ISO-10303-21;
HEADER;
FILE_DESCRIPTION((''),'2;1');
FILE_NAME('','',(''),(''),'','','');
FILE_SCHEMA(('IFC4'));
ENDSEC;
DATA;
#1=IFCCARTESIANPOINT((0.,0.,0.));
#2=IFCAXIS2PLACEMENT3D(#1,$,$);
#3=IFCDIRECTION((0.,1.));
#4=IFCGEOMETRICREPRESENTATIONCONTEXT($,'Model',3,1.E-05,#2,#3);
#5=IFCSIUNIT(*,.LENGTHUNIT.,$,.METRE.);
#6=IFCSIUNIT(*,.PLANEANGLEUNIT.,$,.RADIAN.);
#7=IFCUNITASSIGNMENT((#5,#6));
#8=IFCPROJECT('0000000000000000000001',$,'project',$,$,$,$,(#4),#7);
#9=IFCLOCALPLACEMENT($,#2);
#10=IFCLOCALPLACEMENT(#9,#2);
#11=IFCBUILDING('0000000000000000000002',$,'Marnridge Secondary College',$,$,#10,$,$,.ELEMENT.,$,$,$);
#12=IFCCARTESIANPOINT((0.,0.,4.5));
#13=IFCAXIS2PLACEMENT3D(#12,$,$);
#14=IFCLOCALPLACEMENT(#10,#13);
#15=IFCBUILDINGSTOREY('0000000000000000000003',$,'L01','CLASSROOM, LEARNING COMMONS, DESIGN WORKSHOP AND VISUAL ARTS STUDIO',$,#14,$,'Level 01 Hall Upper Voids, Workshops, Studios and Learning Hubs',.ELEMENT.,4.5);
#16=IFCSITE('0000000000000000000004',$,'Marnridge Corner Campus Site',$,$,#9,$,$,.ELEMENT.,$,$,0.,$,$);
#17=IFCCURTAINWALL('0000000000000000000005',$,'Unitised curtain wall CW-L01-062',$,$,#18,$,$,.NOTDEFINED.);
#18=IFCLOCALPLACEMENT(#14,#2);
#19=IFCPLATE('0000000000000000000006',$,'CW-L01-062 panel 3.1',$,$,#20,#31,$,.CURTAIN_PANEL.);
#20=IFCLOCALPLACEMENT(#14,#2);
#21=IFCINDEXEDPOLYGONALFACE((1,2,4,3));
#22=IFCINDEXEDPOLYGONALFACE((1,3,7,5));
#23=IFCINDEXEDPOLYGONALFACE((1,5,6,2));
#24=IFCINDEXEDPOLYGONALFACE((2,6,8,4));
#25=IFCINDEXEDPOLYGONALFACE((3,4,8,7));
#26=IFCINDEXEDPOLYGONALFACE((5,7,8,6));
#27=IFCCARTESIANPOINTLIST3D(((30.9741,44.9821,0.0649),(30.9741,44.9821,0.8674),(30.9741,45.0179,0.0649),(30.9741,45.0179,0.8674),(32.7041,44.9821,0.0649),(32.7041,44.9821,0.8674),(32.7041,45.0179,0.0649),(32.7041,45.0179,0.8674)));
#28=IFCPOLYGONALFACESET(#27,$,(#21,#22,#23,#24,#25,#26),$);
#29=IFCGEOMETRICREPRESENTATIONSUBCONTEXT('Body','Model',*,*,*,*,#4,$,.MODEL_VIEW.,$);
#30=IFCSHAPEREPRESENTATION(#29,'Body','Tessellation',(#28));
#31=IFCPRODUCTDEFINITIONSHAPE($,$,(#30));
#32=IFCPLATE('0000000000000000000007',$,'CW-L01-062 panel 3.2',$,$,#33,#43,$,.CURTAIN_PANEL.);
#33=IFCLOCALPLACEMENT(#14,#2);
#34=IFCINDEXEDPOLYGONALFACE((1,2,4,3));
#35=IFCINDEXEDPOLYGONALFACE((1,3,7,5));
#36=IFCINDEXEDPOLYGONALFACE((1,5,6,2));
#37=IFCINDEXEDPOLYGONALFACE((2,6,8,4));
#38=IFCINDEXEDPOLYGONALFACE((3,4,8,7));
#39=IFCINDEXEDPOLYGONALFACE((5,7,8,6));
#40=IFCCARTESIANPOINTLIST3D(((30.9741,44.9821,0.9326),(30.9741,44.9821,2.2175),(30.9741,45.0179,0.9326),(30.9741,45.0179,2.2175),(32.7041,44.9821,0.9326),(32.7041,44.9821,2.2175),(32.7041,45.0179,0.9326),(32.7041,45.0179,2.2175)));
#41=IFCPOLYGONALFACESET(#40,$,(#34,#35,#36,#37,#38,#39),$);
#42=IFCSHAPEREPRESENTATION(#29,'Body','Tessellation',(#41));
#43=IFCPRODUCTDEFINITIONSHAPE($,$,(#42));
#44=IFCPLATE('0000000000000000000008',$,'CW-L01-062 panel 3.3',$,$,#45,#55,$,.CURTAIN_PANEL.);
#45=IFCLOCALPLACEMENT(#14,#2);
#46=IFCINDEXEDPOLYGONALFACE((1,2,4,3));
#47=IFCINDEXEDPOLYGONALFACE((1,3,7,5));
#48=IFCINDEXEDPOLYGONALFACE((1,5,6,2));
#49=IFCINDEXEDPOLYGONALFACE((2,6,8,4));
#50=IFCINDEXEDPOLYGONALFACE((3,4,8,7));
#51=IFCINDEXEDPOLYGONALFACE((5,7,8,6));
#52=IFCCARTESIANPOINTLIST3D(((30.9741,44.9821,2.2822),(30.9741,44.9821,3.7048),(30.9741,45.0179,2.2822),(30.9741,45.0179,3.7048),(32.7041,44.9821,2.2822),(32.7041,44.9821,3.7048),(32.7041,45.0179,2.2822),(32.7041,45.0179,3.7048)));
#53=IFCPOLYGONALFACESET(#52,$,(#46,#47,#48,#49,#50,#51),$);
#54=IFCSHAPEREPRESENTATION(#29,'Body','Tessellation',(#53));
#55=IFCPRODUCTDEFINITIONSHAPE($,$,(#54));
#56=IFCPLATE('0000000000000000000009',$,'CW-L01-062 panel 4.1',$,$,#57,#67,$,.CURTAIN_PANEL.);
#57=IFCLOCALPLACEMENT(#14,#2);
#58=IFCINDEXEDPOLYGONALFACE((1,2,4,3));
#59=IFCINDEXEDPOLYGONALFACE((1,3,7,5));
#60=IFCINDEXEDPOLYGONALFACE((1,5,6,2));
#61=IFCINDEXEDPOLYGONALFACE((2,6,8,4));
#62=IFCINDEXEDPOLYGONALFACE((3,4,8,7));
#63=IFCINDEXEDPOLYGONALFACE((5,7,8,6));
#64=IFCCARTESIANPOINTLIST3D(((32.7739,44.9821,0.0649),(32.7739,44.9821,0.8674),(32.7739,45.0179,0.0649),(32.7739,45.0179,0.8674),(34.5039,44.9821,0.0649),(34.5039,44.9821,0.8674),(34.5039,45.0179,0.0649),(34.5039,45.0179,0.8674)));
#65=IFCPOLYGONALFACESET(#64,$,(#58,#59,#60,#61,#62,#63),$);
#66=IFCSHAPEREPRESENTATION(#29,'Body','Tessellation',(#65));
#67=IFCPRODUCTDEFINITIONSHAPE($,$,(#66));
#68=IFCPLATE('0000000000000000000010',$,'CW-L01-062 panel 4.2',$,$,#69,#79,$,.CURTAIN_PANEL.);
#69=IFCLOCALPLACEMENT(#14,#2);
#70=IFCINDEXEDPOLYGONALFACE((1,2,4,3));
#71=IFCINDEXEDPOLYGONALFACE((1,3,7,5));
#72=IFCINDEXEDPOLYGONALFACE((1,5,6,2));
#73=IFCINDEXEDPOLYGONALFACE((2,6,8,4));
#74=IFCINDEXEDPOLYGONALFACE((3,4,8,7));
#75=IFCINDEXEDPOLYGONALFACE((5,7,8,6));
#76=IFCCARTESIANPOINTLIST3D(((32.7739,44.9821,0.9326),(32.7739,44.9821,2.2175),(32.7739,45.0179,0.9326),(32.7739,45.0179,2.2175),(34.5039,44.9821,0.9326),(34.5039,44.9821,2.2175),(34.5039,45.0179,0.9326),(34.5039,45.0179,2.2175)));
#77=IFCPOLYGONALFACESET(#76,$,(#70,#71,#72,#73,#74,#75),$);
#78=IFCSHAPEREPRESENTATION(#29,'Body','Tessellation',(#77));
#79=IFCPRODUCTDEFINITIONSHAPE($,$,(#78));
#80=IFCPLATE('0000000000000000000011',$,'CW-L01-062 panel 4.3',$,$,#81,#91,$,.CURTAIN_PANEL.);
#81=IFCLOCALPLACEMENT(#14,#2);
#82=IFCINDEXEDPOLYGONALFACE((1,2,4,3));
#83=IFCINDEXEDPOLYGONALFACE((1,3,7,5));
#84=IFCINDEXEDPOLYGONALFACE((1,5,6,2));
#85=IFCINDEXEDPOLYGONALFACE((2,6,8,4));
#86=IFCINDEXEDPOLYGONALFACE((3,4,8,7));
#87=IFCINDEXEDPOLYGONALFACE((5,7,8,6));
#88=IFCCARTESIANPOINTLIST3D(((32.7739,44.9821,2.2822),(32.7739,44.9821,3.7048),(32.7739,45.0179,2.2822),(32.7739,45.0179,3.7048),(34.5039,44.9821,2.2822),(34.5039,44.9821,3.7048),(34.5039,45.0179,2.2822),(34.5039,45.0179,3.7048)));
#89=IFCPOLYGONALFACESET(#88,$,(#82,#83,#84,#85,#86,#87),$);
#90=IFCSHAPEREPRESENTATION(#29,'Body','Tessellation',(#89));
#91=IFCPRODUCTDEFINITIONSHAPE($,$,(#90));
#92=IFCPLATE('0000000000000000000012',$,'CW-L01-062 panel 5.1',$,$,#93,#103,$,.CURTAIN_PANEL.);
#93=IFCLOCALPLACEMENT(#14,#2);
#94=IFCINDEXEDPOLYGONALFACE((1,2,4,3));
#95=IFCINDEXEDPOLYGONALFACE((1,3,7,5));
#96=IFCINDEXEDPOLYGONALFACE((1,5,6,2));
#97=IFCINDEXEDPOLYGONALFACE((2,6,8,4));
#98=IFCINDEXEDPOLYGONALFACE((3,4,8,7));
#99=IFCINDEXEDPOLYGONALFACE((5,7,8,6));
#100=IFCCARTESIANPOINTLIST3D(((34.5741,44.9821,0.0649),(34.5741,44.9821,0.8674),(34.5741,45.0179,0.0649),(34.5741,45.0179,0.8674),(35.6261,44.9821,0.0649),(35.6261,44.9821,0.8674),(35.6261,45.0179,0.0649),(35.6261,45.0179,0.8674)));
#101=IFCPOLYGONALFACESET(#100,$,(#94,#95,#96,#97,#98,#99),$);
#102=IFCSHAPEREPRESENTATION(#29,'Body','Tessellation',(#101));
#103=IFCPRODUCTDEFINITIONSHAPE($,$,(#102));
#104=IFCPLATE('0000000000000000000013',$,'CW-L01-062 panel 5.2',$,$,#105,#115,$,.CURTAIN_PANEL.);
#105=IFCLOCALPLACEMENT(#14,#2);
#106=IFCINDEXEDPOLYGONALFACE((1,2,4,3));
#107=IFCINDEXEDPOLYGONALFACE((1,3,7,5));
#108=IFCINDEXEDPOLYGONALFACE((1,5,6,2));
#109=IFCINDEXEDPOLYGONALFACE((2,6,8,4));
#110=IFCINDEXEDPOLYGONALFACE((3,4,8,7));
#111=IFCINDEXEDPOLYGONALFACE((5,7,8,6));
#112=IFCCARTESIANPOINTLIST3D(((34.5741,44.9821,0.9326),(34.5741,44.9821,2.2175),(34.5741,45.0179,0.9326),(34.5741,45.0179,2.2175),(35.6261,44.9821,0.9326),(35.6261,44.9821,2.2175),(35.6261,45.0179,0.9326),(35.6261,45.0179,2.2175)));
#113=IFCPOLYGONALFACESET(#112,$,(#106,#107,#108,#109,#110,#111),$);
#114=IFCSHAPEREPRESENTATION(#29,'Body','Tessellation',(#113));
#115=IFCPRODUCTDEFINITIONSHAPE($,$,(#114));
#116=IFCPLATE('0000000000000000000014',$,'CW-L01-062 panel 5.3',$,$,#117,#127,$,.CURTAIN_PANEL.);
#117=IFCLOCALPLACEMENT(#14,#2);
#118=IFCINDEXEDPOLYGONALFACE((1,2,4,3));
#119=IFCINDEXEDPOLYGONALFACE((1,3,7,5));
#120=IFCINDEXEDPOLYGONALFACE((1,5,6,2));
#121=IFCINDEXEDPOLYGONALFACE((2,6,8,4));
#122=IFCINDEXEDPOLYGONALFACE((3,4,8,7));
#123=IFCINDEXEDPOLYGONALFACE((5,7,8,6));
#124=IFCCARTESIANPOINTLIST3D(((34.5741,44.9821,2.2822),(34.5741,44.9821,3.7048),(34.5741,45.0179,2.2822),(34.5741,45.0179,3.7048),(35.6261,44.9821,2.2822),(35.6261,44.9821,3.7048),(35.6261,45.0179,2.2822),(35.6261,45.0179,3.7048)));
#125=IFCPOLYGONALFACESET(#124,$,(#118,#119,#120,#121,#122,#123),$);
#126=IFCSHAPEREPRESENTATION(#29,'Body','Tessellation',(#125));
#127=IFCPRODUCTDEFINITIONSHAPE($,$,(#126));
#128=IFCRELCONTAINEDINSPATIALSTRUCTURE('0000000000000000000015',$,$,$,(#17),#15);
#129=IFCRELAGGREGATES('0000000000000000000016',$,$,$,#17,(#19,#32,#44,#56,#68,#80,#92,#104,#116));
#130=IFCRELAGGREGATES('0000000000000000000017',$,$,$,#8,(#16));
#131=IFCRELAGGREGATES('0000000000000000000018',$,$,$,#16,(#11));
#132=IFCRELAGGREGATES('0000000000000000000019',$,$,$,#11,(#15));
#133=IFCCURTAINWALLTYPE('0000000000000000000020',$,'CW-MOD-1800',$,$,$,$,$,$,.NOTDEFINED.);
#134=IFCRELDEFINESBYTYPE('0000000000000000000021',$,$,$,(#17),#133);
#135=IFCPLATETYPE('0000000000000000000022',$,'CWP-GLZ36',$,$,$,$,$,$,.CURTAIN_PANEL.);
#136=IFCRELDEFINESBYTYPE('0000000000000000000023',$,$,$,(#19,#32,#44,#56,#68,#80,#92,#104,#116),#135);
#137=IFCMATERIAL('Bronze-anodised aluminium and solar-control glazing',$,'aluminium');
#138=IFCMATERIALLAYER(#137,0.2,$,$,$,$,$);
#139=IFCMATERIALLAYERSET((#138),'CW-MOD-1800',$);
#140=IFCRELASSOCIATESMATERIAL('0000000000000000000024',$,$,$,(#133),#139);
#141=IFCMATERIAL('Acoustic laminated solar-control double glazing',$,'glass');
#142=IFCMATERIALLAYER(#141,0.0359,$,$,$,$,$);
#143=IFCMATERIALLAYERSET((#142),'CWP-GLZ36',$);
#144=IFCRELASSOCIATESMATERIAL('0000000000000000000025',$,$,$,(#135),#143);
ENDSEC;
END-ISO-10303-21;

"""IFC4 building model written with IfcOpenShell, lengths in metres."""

from ifc_helpers import new_model, si_unit, direction, frame, origin, origin_2d, place, context, subcontext, project, spatial, rectangle, extrude, material, layer, layer_set, type_object, element, aggregate, save


model = new_model("IFC4")

# Units and contexts
model_context = context("Model", 3, precision=1e-05, world=origin(), true_north=direction((0.0, 1.0)))
body_context = subcontext(model_context, "Body", "Model", "MODEL_VIEW")
ifc_project = project(units=[si_unit("LENGTHUNIT", "METRE"), si_unit("PLANEANGLEUNIT", "RADIAN")], contexts=[model_context])

# Site, building, storey
site_placement = place(None, origin())
site = spatial("IfcSite", under=ifc_project, at=site_placement, Name="Marnridge Corner Campus Site", CompositionType="ELEMENT", RefElevation=0.0)
building_placement = place(site_placement, origin())
building = spatial("IfcBuilding", under=site, at=building_placement, Name="Marnridge Secondary College", CompositionType="ELEMENT")
storey_placement = place(building_placement, frame((0.0, 0.0, 4.5)))
storey = spatial("IfcBuildingStorey", under=building, at=storey_placement, Name="L01", Description="CLASSROOM, LEARNING COMMONS, DESIGN WORKSHOP AND VISUAL ARTS STUDIO", LongName="Level 01 Hall Upper Voids, Workshops, Studios and Learning Hubs", CompositionType="ELEMENT", Elevation=4.5)

# Curtain wall, plates
ifc_material_1 = material(Name="Bronze-anodised aluminium and solar-control glazing", Category="aluminium")
ifc_layer_1 = layer(ifc_material_1, 0.2)
ifc_layer_set_1 = layer_set([ifc_layer_1], Name="CW-MOD-1800")
curtain_wall_type = type_object("IfcCurtainWallType", Name="CW-MOD-1800", PredefinedType="NOTDEFINED", material=ifc_layer_set_1)
curtain_wall_placement = place(storey_placement, origin())
curtain_wall = element("IfcCurtainWall", 1, at=curtain_wall_placement, inside=storey, type_object=curtain_wall_type, Name="Unitised curtain wall CW-L01-062", PredefinedType="NOTDEFINED")
ifc_material_2 = material(Name="Acoustic laminated solar-control double glazing", Category="glass")
ifc_layer_2 = layer(ifc_material_2, 0.0359)
ifc_layer_set_2 = layer_set([ifc_layer_2], Name="CWP-GLZ36")
plate_type = type_object("IfcPlateType", Name="CWP-GLZ36", PredefinedType="CURTAIN_PANEL", material=ifc_layer_set_2)
plate_1_placement = place(storey_placement, frame((31.8391, 45.0, 0.0649), z_axis=(0.0, 0.0, 1.0), x_axis=(1.0, 0.0, 0.0)))
plate_1 = element("IfcPlate", 2, at=plate_1_placement, type_object=plate_type, Name="CW-L01-062 panel 3.1", PredefinedType="CURTAIN_PANEL", context=body_context, shape_type="SweptSolid", body=[
    extrude(rectangle(XDim=1.73, YDim=0.0359, at=origin_2d()), origin(), (0.0, 0.0, 1.0), 0.8025),
])
plate_2_placement = place(storey_placement, frame((31.8391, 45.0, 0.9326), z_axis=(0.0, 0.0, 1.0), x_axis=(1.0, 0.0, 0.0)))
plate_2 = element("IfcPlate", 3, at=plate_2_placement, type_object=plate_type, Name="CW-L01-062 panel 3.2", PredefinedType="CURTAIN_PANEL", context=body_context, shape_type="SweptSolid", body=[
    extrude(rectangle(XDim=1.73, YDim=0.0359, at=origin_2d()), origin(), (0.0, 0.0, 1.0), 1.2849),
])
plate_3_placement = place(storey_placement, frame((31.8391, 45.0, 2.2822), z_axis=(0.0, 0.0, 1.0), x_axis=(1.0, 0.0, 0.0)))
plate_3 = element("IfcPlate", 4, at=plate_3_placement, type_object=plate_type, Name="CW-L01-062 panel 3.3", PredefinedType="CURTAIN_PANEL", context=body_context, shape_type="SweptSolid", body=[
    extrude(rectangle(XDim=1.73, YDim=0.0359, at=origin_2d()), origin(), (0.0, 0.0, 1.0), 1.4226),
])
plate_4_placement = place(storey_placement, frame((33.6389, 45.0, 0.0649), z_axis=(0.0, 0.0, 1.0), x_axis=(1.0, 0.0, 0.0)))
plate_4 = element("IfcPlate", 5, at=plate_4_placement, type_object=plate_type, Name="CW-L01-062 panel 4.1", PredefinedType="CURTAIN_PANEL", context=body_context, shape_type="SweptSolid", body=[
    extrude(rectangle(XDim=1.73, YDim=0.0359, at=origin_2d()), origin(), (0.0, 0.0, 1.0), 0.8025),
])
plate_5_placement = place(storey_placement, frame((33.6389, 45.0, 0.9326), z_axis=(0.0, 0.0, 1.0), x_axis=(1.0, 0.0, 0.0)))
plate_5 = element("IfcPlate", 6, at=plate_5_placement, type_object=plate_type, Name="CW-L01-062 panel 4.2", PredefinedType="CURTAIN_PANEL", context=body_context, shape_type="SweptSolid", body=[
    extrude(rectangle(XDim=1.73, YDim=0.0359, at=origin_2d()), origin(), (0.0, 0.0, 1.0), 1.2849),
])
plate_6_placement = place(storey_placement, frame((33.6389, 45.0, 2.2822), z_axis=(0.0, 0.0, 1.0), x_axis=(1.0, 0.0, 0.0)))
plate_6 = element("IfcPlate", 7, at=plate_6_placement, type_object=plate_type, Name="CW-L01-062 panel 4.3", PredefinedType="CURTAIN_PANEL", context=body_context, shape_type="SweptSolid", body=[
    extrude(rectangle(XDim=1.73, YDim=0.0359, at=origin_2d()), origin(), (0.0, 0.0, 1.0), 1.4226),
])
plate_7_placement = place(storey_placement, frame((35.1001, 45.0, 0.0649), z_axis=(0.0, 0.0, 1.0), x_axis=(1.0, 0.0, 0.0)))
plate_7 = element("IfcPlate", 8, at=plate_7_placement, type_object=plate_type, Name="CW-L01-062 panel 5.1", PredefinedType="CURTAIN_PANEL", context=body_context, shape_type="SweptSolid", body=[
    extrude(rectangle(XDim=1.052, YDim=0.0359, at=origin_2d()), origin(), (0.0, 0.0, 1.0), 0.8025),
])
plate_8_placement = place(storey_placement, frame((35.1001, 45.0, 0.9326), z_axis=(0.0, 0.0, 1.0), x_axis=(1.0, 0.0, 0.0)))
plate_8 = element("IfcPlate", 9, at=plate_8_placement, type_object=plate_type, Name="CW-L01-062 panel 5.2", PredefinedType="CURTAIN_PANEL", context=body_context, shape_type="SweptSolid", body=[
    extrude(rectangle(XDim=1.052, YDim=0.0359, at=origin_2d()), origin(), (0.0, 0.0, 1.0), 1.2849),
])
plate_9_placement = place(storey_placement, frame((35.1001, 45.0, 2.2822), z_axis=(0.0, 0.0, 1.0), x_axis=(1.0, 0.0, 0.0)))
plate_9 = element("IfcPlate", 10, at=plate_9_placement, type_object=plate_type, Name="CW-L01-062 panel 5.3", PredefinedType="CURTAIN_PANEL", context=body_context, shape_type="SweptSolid", body=[
    extrude(rectangle(XDim=1.052, YDim=0.0359, at=origin_2d()), origin(), (0.0, 0.0, 1.0), 1.4226),
])
aggregate(curtain_wall, [plate_1, plate_2, plate_3, plate_4, plate_5, plate_6, plate_7, plate_8, plate_9])

save(model, "model.ifc")
